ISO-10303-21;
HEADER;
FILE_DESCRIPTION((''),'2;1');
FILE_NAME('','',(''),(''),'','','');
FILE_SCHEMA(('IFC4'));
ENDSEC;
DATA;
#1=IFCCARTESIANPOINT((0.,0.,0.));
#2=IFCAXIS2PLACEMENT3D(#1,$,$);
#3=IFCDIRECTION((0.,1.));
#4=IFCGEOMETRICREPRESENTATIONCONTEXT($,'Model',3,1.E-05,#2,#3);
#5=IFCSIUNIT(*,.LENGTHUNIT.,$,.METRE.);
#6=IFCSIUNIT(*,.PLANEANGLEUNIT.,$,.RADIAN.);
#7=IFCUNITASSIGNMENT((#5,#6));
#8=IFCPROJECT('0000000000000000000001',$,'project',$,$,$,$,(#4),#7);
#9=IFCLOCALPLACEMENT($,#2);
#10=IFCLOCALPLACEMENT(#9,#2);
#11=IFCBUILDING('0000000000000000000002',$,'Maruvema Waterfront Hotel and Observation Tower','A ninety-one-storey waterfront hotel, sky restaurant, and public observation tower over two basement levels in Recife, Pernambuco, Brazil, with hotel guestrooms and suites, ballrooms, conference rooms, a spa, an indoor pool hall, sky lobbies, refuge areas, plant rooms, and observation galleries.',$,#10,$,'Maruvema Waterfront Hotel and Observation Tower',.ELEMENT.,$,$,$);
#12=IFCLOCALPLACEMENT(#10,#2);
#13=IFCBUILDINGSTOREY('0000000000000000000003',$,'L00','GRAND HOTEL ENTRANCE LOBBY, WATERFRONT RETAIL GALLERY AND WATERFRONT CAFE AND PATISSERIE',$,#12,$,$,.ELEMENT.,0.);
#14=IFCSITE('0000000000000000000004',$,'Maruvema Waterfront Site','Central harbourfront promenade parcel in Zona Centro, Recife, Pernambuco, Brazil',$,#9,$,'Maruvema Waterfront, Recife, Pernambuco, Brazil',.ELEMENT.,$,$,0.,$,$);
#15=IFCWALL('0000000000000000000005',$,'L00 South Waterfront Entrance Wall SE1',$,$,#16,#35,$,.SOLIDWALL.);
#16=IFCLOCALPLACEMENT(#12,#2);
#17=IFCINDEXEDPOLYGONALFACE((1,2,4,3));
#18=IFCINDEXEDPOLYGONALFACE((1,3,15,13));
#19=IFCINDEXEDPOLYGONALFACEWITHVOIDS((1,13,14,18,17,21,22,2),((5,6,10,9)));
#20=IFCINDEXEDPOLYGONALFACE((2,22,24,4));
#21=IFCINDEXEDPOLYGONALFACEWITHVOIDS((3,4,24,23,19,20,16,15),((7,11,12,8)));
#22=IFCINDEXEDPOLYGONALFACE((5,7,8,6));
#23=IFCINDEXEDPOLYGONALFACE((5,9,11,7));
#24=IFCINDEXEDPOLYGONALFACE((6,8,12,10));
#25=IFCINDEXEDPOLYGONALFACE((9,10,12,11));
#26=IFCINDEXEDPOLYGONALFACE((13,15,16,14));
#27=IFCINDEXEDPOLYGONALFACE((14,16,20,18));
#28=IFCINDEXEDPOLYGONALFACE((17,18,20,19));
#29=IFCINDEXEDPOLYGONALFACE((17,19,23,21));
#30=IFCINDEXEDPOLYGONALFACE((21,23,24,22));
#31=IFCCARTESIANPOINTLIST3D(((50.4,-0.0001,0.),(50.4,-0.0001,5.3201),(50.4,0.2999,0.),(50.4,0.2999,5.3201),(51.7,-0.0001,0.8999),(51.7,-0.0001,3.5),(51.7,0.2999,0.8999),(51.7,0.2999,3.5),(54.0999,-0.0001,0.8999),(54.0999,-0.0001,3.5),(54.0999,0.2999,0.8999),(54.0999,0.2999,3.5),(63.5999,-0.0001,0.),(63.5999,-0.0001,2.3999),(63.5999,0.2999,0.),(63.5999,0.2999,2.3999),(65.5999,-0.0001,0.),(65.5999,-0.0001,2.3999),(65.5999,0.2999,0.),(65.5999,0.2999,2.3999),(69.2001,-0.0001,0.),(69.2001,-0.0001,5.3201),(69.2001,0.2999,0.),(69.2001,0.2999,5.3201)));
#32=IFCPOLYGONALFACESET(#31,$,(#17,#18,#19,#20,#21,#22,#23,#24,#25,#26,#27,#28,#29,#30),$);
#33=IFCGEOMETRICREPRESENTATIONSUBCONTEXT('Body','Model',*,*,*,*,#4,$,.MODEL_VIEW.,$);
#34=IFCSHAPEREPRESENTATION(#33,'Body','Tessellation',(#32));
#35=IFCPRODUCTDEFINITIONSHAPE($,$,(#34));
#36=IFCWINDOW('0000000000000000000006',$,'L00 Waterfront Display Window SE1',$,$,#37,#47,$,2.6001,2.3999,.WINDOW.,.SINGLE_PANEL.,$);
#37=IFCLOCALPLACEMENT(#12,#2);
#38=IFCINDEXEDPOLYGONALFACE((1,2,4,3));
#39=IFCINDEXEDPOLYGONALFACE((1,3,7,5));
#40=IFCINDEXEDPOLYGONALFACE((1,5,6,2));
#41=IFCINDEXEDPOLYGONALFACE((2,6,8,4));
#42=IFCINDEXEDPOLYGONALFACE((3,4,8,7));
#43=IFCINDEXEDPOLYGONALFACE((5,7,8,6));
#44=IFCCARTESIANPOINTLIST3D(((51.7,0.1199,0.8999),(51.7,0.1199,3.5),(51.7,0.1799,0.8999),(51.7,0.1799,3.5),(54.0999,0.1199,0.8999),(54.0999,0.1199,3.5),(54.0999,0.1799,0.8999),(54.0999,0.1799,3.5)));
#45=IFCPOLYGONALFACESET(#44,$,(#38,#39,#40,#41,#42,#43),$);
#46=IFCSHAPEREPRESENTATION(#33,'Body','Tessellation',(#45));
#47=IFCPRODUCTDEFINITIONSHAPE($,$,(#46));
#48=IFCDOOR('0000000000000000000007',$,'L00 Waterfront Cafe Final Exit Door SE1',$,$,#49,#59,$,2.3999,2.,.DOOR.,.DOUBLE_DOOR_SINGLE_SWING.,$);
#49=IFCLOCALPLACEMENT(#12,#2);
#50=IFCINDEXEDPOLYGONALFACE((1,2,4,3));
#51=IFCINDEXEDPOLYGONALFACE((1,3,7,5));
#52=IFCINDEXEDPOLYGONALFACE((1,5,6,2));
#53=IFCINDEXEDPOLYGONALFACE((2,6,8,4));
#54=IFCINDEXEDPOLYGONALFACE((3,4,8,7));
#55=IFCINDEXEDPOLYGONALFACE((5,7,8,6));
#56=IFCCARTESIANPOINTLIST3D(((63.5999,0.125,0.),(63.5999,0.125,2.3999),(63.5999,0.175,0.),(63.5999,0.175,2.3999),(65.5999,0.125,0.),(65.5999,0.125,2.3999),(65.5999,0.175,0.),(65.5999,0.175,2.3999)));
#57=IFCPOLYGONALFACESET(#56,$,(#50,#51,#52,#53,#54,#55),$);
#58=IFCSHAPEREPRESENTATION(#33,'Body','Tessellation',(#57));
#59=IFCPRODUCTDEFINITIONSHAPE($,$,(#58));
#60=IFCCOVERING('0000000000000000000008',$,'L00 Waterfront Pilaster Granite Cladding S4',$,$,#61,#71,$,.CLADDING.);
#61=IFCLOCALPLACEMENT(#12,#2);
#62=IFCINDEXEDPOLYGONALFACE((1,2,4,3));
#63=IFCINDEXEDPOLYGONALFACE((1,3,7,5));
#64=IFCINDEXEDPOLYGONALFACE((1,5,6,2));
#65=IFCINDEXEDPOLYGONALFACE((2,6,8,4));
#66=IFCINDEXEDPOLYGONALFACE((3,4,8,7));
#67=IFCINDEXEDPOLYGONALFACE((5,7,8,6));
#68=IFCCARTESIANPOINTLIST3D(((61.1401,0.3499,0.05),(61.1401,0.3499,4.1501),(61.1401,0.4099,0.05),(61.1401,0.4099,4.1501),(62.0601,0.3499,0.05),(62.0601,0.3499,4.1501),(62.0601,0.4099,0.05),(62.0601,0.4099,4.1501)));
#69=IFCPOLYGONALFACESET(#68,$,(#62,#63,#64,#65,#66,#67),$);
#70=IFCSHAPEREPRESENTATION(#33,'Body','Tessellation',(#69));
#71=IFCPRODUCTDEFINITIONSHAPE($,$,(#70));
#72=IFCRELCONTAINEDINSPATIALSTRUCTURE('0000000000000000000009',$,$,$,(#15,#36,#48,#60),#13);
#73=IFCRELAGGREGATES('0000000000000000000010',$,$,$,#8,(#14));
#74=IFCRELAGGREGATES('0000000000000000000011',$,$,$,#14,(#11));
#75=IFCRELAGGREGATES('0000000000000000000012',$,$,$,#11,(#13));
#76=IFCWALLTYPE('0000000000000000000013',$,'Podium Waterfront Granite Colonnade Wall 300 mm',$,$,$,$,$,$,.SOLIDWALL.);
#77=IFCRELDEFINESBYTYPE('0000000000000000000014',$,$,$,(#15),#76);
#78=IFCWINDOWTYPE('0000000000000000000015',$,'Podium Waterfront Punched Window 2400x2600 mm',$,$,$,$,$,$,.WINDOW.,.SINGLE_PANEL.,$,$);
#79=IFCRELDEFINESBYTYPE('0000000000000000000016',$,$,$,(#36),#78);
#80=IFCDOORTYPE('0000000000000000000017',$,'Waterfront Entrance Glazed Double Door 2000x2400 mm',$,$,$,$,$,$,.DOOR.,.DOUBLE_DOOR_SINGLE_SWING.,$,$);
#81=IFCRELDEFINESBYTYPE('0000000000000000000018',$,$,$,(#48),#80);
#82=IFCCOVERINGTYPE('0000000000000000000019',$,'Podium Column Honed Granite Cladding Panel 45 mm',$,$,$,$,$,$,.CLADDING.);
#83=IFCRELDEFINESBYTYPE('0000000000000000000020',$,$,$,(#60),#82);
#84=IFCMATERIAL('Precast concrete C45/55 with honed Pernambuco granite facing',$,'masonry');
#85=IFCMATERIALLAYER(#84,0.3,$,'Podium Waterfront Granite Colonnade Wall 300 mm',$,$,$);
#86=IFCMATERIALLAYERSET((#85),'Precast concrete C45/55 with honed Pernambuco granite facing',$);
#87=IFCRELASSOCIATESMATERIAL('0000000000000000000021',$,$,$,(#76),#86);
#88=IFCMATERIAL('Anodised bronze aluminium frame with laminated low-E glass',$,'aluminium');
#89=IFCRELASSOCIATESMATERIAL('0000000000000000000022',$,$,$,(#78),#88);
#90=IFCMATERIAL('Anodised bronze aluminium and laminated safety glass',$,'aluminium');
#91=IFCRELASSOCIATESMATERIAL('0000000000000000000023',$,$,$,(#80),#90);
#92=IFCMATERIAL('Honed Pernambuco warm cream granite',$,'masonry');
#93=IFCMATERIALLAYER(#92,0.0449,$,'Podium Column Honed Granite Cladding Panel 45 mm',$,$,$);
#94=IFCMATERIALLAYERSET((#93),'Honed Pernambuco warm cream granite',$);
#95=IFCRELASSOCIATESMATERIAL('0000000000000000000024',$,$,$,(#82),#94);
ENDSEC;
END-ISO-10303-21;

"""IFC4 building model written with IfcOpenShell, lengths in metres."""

from ifc_helpers import new_model, si_unit, direction, frame, frame_2d, origin, origin_2d, place, context, subcontext, project, spatial, rectangle, extrude, material, layer, layer_set, type_object, element, fill, save


model = new_model("IFC4")

# Units and contexts
model_context = context("Model", 3, precision=1e-05, world=origin(), true_north=direction((0.0, 1.0)))
body_context = subcontext(model_context, "Body", "Model", "MODEL_VIEW")
ifc_project = project(units=[si_unit("LENGTHUNIT", "METRE"), si_unit("PLANEANGLEUNIT", "RADIAN")], contexts=[model_context])

# Site, building, storey
site_placement = place(None, origin())
site = spatial("IfcSite", under=ifc_project, at=site_placement, Name="Maruvema Waterfront Site", Description="Central harbourfront promenade parcel in Zona Centro, Recife, Pernambuco, Brazil", LongName="Maruvema Waterfront, Recife, Pernambuco, Brazil", CompositionType="ELEMENT", RefElevation=0.0)
building_placement = place(site_placement, origin())
building = spatial("IfcBuilding", under=site, at=building_placement, Name="Maruvema Waterfront Hotel and Observation Tower", Description="A ninety-one-storey waterfront hotel, sky restaurant, and public observation tower over two basement levels in Recife, Pernambuco, Brazil, with hotel guestrooms and suites, ballrooms, conference rooms, a spa, an indoor pool hall, sky lobbies, refuge areas, plant rooms, and observation galleries.", LongName="Maruvema Waterfront Hotel and Observation Tower", CompositionType="ELEMENT")
storey_placement = place(building_placement, origin())
storey = spatial("IfcBuildingStorey", under=building, at=storey_placement, Name="L00", Description="GRAND HOTEL ENTRANCE LOBBY, WATERFRONT RETAIL GALLERY AND WATERFRONT CAFE AND PATISSERIE", CompositionType="ELEMENT", Elevation=0.0)

# Shared definitions
ifc_material_1 = material(Name="Precast concrete C45/55 with honed Pernambuco granite facing", Category="masonry")
ifc_layer_1 = layer(ifc_material_1, 0.3, Name="Podium Waterfront Granite Colonnade Wall 300 mm")
ifc_layer_set_1 = layer_set([ifc_layer_1], Name="Precast concrete C45/55 with honed Pernambuco granite facing")
wall_type = type_object("IfcWallType", Name="Podium Waterfront Granite Colonnade Wall 300 mm", PredefinedType="SOLIDWALL", material=ifc_layer_set_1)
ifc_material_2 = material(Name="Anodised bronze aluminium frame with laminated low-E glass", Category="aluminium")
window_type = type_object("IfcWindowType", Name="Podium Waterfront Punched Window 2400x2600 mm", PartitioningType="SINGLE_PANEL", PredefinedType="WINDOW", material=ifc_material_2)

# Wall, openings, window, door
wall_1_placement = place(storey_placement, frame((69.2, 0.1499, 0.0), z_axis=(0.0, 0.0, 1.0), x_axis=(-1.0, 0.0, 0.0)))
wall_1 = element("IfcWall", 1, at=wall_1_placement, inside=storey, type_object=wall_type, Name="L00 South Waterfront Entrance Wall SE1", PredefinedType="SOLIDWALL", context=body_context, shape_type="SweptSolid", body=[
    extrude(rectangle(XDim=18.8, YDim=0.3, at=frame_2d((9.3999, 0.0))), origin(), (0.0, 0.0, 1.0), 5.3201),
])
opening_1_placement = place(wall_1_placement, frame((3.6001, 0.0, 0.0)))
opening_1 = element("IfcOpeningElement", 2, at=opening_1_placement, cuts=wall_1, PredefinedType="OPENING", context=body_context, shape_type="SweptSolid", body=[
    extrude(rectangle(XDim=2.0, YDim=2.3999, at=frame_2d((1.0, 1.2))), frame((0.0, 0.1602, 0.0), z_axis=(0.0, -1.0, 0.0), x_axis=(1.0, 0.0, 0.0)), (0.0, 0.0, 1.0), 0.3201),
])
opening_2_placement = place(wall_1_placement, frame((15.1001, 0.0, 0.8999)))
opening_2 = element("IfcOpeningElement", 3, at=opening_2_placement, cuts=wall_1, PredefinedType="OPENING", context=body_context, shape_type="SweptSolid", body=[
    extrude(rectangle(XDim=2.3999, YDim=2.6001, at=frame_2d((1.2, 1.3))), frame((0.0, 0.1602, 0.0), z_axis=(0.0, -1.0, 0.0), x_axis=(1.0, 0.0, 0.0)), (0.0, 0.0, 1.0), 0.3201),
])
window_1_placement = place(opening_2_placement, origin())
window_1 = element("IfcWindow", 4, at=window_1_placement, inside=storey, type_object=window_type, Name="L00 Waterfront Display Window SE1", OverallHeight=2.6001, OverallWidth=2.3999, PartitioningType="SINGLE_PANEL", PredefinedType="WINDOW", context=body_context, shape_type="SweptSolid", body=[
    extrude(rectangle(XDim=2.3999, YDim=2.6001, at=frame_2d((1.2, 1.3))), frame((0.0, 0.03, 0.0), z_axis=(0.0, -1.0, 0.0), x_axis=(1.0, 0.0, 0.0)), (0.0, 0.0, 1.0), 0.0601),
])
fill(opening_2, window_1)
ifc_material_3 = material(Name="Anodised bronze aluminium and laminated safety glass", Category="aluminium")
door_type = type_object("IfcDoorType", Name="Waterfront Entrance Glazed Double Door 2000x2400 mm", OperationType="DOUBLE_DOOR_SINGLE_SWING", PredefinedType="DOOR", material=ifc_material_3)
door_placement = place(opening_1_placement, origin())
door = element("IfcDoor", 5, at=door_placement, inside=storey, type_object=door_type, Name="L00 Waterfront Cafe Final Exit Door SE1", OperationType="DOUBLE_DOOR_SINGLE_SWING", OverallHeight=2.3999, OverallWidth=2.0, PredefinedType="DOOR", context=body_context, shape_type="SweptSolid", body=[
    extrude(rectangle(XDim=2.0, YDim=2.3999, at=frame_2d((1.0, 1.2))), frame((0.0, 0.0249, 0.0), z_axis=(0.0, -1.0, 0.0), x_axis=(1.0, 0.0, 0.0)), (0.0, 0.0, 1.0), 0.05),
])
fill(opening_1, door)

# Covering
ifc_material_4 = material(Name="Honed Pernambuco warm cream granite", Category="masonry")
ifc_layer_2 = layer(ifc_material_4, 0.0449, Name="Podium Column Honed Granite Cladding Panel 45 mm")
ifc_layer_set_2 = layer_set([ifc_layer_2], Name="Honed Pernambuco warm cream granite")
covering_type = type_object("IfcCoveringType", Name="Podium Column Honed Granite Cladding Panel 45 mm", PredefinedType="CLADDING", material=ifc_layer_set_2)
covering_placement = place(storey_placement, frame((61.6001, 0.3799, 0.05), z_axis=(0.0, 0.0, 1.0), x_axis=(1.0, 0.0, 0.0)))
element("IfcCovering", 6, at=covering_placement, inside=storey, type_object=covering_type, Name="L00 Waterfront Pilaster Granite Cladding S4", PredefinedType="CLADDING", context=body_context, shape_type="SweptSolid", body=[
    extrude(rectangle(XDim=0.9199, YDim=0.0601, at=origin_2d()), origin(), (0.0, 0.0, 1.0), 4.1001),
])

save(model, "model.ifc")
